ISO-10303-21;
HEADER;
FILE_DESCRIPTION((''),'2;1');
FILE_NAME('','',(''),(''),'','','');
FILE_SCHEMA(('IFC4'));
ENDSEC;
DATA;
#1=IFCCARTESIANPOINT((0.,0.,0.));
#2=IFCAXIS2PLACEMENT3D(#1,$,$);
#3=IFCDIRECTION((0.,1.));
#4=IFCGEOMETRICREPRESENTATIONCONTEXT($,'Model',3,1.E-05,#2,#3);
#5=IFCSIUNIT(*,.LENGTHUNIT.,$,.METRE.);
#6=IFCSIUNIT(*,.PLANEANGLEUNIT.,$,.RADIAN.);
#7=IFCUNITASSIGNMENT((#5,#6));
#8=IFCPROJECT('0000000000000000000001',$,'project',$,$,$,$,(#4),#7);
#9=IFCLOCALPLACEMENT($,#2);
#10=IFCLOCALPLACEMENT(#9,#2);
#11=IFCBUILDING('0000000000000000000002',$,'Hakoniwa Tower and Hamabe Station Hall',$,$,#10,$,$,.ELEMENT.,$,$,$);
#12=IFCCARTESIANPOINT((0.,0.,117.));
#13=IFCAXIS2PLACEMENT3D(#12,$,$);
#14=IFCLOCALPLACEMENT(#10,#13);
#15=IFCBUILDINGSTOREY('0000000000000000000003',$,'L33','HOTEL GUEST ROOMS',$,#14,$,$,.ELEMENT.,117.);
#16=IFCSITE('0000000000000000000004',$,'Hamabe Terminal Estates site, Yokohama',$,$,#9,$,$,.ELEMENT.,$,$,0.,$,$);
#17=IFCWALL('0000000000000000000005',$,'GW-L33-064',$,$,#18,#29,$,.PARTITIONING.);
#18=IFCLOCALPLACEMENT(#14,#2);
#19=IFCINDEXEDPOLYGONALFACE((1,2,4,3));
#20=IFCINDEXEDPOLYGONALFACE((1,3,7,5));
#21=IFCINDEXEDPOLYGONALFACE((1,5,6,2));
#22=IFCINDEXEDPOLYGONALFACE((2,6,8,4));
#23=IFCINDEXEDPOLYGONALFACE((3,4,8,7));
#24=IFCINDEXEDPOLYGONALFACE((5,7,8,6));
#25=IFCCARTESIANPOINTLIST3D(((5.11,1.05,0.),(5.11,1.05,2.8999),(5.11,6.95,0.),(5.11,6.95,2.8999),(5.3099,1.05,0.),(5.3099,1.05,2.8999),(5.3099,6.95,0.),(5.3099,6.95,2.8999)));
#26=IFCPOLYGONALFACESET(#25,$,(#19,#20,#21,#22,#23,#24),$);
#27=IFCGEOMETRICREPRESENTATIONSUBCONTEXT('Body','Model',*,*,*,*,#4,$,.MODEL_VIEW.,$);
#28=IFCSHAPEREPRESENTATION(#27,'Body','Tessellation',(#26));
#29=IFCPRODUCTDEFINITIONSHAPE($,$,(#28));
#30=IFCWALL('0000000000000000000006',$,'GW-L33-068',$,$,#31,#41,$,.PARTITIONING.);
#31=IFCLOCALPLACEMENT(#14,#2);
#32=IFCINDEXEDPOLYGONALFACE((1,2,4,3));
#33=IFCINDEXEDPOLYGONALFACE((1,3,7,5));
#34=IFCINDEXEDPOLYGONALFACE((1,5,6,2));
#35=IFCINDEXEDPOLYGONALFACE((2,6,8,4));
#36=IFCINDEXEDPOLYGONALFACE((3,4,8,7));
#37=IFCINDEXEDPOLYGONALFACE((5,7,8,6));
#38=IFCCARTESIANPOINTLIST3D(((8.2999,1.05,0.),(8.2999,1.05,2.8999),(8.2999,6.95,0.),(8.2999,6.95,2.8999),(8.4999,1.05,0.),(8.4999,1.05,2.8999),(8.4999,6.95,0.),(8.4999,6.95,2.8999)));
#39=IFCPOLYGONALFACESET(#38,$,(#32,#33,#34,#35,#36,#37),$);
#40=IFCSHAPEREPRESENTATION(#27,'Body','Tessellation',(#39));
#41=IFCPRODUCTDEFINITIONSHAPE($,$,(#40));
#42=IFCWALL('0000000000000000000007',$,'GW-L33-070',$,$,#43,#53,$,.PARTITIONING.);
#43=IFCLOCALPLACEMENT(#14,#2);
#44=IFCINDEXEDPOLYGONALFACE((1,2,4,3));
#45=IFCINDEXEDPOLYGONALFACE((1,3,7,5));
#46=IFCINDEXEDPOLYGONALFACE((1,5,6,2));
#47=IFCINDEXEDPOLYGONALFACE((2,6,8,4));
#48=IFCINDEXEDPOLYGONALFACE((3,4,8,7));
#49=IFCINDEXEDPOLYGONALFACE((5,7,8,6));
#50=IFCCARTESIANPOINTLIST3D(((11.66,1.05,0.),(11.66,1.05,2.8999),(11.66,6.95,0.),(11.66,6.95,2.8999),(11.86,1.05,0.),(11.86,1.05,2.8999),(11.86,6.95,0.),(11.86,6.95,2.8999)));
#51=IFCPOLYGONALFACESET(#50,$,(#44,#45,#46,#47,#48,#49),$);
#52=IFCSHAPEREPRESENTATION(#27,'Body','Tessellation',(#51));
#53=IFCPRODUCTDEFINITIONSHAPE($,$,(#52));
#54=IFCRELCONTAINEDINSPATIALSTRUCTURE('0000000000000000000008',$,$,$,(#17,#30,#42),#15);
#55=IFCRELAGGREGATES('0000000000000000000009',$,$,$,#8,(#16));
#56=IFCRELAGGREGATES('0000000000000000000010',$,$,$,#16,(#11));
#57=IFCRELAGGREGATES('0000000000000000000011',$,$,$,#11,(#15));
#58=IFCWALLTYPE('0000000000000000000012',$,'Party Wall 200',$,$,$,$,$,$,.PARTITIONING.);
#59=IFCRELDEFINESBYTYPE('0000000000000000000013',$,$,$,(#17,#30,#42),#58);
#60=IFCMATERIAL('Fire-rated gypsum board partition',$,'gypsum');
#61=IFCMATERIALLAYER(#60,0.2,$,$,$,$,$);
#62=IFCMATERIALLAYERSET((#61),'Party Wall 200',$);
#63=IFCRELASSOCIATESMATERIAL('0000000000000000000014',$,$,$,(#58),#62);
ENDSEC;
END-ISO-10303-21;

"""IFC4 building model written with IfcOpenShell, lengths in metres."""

from ifc_helpers import new_model, si_unit, direction, frame, frame_2d, origin, place, context, subcontext, project, spatial, rectangle, extrude, material, layer, layer_set, type_object, element, save


model = new_model("IFC4")

# Units and contexts
model_context = context("Model", 3, precision=1e-05, world=origin(), true_north=direction((0.0, 1.0)))
body_context = subcontext(model_context, "Body", "Model", "MODEL_VIEW")
ifc_project = project(units=[si_unit("LENGTHUNIT", "METRE"), si_unit("PLANEANGLEUNIT", "RADIAN")], contexts=[model_context])

# Site, building, storey
site_placement = place(None, origin())
site = spatial("IfcSite", under=ifc_project, at=site_placement, Name="Hamabe Terminal Estates site, Yokohama", CompositionType="ELEMENT", RefElevation=0.0)
building_placement = place(site_placement, origin())
building = spatial("IfcBuilding", under=site, at=building_placement, Name="Hakoniwa Tower and Hamabe Station Hall", CompositionType="ELEMENT")
storey_placement = place(building_placement, frame((0.0, 0.0, 117.0)))
storey = spatial("IfcBuildingStorey", under=building, at=storey_placement, Name="L33", Description="HOTEL GUEST ROOMS", CompositionType="ELEMENT", Elevation=117.0)

# Walls
ifc_material_1 = material(Name="Fire-rated gypsum board partition", Category="gypsum")
ifc_layer_1 = layer(ifc_material_1, 0.2)
ifc_layer_set_1 = layer_set([ifc_layer_1], Name="Party Wall 200")
wall_type_1 = type_object("IfcWallType", Name="Party Wall 200", PredefinedType="PARTITIONING", material=ifc_layer_set_1)
for number, where, z_axis, x_axis, name in (
    (1, (5.21, 1.05, 0.0), (0.0, 0.0, 1.0), (0.0, 1.0, 0.0), "GW-L33-064"),
    (2, (8.3999, 1.05, 0.0), (0.0, 0.0, 1.0), (0.0, 1.0, 0.0), "GW-L33-068"),
    (3, (11.76, 1.05, 0.0), (0.0, 0.0, 1.0), (0.0, 1.0, 0.0), "GW-L33-070"),
):
    element("IfcWall", number, at=place(storey_placement, frame(where, z_axis=z_axis, x_axis=x_axis)), inside=storey, type_object=wall_type_1, Name=name, PredefinedType="PARTITIONING", context=body_context, shape_type="SweptSolid", body=[
        extrude(rectangle(XDim=5.8999, YDim=0.2, at=frame_2d((2.95, 0.0))), origin(), (0.0, 0.0, 1.0), 2.8999),
    ])

save(model, "model.ifc")
